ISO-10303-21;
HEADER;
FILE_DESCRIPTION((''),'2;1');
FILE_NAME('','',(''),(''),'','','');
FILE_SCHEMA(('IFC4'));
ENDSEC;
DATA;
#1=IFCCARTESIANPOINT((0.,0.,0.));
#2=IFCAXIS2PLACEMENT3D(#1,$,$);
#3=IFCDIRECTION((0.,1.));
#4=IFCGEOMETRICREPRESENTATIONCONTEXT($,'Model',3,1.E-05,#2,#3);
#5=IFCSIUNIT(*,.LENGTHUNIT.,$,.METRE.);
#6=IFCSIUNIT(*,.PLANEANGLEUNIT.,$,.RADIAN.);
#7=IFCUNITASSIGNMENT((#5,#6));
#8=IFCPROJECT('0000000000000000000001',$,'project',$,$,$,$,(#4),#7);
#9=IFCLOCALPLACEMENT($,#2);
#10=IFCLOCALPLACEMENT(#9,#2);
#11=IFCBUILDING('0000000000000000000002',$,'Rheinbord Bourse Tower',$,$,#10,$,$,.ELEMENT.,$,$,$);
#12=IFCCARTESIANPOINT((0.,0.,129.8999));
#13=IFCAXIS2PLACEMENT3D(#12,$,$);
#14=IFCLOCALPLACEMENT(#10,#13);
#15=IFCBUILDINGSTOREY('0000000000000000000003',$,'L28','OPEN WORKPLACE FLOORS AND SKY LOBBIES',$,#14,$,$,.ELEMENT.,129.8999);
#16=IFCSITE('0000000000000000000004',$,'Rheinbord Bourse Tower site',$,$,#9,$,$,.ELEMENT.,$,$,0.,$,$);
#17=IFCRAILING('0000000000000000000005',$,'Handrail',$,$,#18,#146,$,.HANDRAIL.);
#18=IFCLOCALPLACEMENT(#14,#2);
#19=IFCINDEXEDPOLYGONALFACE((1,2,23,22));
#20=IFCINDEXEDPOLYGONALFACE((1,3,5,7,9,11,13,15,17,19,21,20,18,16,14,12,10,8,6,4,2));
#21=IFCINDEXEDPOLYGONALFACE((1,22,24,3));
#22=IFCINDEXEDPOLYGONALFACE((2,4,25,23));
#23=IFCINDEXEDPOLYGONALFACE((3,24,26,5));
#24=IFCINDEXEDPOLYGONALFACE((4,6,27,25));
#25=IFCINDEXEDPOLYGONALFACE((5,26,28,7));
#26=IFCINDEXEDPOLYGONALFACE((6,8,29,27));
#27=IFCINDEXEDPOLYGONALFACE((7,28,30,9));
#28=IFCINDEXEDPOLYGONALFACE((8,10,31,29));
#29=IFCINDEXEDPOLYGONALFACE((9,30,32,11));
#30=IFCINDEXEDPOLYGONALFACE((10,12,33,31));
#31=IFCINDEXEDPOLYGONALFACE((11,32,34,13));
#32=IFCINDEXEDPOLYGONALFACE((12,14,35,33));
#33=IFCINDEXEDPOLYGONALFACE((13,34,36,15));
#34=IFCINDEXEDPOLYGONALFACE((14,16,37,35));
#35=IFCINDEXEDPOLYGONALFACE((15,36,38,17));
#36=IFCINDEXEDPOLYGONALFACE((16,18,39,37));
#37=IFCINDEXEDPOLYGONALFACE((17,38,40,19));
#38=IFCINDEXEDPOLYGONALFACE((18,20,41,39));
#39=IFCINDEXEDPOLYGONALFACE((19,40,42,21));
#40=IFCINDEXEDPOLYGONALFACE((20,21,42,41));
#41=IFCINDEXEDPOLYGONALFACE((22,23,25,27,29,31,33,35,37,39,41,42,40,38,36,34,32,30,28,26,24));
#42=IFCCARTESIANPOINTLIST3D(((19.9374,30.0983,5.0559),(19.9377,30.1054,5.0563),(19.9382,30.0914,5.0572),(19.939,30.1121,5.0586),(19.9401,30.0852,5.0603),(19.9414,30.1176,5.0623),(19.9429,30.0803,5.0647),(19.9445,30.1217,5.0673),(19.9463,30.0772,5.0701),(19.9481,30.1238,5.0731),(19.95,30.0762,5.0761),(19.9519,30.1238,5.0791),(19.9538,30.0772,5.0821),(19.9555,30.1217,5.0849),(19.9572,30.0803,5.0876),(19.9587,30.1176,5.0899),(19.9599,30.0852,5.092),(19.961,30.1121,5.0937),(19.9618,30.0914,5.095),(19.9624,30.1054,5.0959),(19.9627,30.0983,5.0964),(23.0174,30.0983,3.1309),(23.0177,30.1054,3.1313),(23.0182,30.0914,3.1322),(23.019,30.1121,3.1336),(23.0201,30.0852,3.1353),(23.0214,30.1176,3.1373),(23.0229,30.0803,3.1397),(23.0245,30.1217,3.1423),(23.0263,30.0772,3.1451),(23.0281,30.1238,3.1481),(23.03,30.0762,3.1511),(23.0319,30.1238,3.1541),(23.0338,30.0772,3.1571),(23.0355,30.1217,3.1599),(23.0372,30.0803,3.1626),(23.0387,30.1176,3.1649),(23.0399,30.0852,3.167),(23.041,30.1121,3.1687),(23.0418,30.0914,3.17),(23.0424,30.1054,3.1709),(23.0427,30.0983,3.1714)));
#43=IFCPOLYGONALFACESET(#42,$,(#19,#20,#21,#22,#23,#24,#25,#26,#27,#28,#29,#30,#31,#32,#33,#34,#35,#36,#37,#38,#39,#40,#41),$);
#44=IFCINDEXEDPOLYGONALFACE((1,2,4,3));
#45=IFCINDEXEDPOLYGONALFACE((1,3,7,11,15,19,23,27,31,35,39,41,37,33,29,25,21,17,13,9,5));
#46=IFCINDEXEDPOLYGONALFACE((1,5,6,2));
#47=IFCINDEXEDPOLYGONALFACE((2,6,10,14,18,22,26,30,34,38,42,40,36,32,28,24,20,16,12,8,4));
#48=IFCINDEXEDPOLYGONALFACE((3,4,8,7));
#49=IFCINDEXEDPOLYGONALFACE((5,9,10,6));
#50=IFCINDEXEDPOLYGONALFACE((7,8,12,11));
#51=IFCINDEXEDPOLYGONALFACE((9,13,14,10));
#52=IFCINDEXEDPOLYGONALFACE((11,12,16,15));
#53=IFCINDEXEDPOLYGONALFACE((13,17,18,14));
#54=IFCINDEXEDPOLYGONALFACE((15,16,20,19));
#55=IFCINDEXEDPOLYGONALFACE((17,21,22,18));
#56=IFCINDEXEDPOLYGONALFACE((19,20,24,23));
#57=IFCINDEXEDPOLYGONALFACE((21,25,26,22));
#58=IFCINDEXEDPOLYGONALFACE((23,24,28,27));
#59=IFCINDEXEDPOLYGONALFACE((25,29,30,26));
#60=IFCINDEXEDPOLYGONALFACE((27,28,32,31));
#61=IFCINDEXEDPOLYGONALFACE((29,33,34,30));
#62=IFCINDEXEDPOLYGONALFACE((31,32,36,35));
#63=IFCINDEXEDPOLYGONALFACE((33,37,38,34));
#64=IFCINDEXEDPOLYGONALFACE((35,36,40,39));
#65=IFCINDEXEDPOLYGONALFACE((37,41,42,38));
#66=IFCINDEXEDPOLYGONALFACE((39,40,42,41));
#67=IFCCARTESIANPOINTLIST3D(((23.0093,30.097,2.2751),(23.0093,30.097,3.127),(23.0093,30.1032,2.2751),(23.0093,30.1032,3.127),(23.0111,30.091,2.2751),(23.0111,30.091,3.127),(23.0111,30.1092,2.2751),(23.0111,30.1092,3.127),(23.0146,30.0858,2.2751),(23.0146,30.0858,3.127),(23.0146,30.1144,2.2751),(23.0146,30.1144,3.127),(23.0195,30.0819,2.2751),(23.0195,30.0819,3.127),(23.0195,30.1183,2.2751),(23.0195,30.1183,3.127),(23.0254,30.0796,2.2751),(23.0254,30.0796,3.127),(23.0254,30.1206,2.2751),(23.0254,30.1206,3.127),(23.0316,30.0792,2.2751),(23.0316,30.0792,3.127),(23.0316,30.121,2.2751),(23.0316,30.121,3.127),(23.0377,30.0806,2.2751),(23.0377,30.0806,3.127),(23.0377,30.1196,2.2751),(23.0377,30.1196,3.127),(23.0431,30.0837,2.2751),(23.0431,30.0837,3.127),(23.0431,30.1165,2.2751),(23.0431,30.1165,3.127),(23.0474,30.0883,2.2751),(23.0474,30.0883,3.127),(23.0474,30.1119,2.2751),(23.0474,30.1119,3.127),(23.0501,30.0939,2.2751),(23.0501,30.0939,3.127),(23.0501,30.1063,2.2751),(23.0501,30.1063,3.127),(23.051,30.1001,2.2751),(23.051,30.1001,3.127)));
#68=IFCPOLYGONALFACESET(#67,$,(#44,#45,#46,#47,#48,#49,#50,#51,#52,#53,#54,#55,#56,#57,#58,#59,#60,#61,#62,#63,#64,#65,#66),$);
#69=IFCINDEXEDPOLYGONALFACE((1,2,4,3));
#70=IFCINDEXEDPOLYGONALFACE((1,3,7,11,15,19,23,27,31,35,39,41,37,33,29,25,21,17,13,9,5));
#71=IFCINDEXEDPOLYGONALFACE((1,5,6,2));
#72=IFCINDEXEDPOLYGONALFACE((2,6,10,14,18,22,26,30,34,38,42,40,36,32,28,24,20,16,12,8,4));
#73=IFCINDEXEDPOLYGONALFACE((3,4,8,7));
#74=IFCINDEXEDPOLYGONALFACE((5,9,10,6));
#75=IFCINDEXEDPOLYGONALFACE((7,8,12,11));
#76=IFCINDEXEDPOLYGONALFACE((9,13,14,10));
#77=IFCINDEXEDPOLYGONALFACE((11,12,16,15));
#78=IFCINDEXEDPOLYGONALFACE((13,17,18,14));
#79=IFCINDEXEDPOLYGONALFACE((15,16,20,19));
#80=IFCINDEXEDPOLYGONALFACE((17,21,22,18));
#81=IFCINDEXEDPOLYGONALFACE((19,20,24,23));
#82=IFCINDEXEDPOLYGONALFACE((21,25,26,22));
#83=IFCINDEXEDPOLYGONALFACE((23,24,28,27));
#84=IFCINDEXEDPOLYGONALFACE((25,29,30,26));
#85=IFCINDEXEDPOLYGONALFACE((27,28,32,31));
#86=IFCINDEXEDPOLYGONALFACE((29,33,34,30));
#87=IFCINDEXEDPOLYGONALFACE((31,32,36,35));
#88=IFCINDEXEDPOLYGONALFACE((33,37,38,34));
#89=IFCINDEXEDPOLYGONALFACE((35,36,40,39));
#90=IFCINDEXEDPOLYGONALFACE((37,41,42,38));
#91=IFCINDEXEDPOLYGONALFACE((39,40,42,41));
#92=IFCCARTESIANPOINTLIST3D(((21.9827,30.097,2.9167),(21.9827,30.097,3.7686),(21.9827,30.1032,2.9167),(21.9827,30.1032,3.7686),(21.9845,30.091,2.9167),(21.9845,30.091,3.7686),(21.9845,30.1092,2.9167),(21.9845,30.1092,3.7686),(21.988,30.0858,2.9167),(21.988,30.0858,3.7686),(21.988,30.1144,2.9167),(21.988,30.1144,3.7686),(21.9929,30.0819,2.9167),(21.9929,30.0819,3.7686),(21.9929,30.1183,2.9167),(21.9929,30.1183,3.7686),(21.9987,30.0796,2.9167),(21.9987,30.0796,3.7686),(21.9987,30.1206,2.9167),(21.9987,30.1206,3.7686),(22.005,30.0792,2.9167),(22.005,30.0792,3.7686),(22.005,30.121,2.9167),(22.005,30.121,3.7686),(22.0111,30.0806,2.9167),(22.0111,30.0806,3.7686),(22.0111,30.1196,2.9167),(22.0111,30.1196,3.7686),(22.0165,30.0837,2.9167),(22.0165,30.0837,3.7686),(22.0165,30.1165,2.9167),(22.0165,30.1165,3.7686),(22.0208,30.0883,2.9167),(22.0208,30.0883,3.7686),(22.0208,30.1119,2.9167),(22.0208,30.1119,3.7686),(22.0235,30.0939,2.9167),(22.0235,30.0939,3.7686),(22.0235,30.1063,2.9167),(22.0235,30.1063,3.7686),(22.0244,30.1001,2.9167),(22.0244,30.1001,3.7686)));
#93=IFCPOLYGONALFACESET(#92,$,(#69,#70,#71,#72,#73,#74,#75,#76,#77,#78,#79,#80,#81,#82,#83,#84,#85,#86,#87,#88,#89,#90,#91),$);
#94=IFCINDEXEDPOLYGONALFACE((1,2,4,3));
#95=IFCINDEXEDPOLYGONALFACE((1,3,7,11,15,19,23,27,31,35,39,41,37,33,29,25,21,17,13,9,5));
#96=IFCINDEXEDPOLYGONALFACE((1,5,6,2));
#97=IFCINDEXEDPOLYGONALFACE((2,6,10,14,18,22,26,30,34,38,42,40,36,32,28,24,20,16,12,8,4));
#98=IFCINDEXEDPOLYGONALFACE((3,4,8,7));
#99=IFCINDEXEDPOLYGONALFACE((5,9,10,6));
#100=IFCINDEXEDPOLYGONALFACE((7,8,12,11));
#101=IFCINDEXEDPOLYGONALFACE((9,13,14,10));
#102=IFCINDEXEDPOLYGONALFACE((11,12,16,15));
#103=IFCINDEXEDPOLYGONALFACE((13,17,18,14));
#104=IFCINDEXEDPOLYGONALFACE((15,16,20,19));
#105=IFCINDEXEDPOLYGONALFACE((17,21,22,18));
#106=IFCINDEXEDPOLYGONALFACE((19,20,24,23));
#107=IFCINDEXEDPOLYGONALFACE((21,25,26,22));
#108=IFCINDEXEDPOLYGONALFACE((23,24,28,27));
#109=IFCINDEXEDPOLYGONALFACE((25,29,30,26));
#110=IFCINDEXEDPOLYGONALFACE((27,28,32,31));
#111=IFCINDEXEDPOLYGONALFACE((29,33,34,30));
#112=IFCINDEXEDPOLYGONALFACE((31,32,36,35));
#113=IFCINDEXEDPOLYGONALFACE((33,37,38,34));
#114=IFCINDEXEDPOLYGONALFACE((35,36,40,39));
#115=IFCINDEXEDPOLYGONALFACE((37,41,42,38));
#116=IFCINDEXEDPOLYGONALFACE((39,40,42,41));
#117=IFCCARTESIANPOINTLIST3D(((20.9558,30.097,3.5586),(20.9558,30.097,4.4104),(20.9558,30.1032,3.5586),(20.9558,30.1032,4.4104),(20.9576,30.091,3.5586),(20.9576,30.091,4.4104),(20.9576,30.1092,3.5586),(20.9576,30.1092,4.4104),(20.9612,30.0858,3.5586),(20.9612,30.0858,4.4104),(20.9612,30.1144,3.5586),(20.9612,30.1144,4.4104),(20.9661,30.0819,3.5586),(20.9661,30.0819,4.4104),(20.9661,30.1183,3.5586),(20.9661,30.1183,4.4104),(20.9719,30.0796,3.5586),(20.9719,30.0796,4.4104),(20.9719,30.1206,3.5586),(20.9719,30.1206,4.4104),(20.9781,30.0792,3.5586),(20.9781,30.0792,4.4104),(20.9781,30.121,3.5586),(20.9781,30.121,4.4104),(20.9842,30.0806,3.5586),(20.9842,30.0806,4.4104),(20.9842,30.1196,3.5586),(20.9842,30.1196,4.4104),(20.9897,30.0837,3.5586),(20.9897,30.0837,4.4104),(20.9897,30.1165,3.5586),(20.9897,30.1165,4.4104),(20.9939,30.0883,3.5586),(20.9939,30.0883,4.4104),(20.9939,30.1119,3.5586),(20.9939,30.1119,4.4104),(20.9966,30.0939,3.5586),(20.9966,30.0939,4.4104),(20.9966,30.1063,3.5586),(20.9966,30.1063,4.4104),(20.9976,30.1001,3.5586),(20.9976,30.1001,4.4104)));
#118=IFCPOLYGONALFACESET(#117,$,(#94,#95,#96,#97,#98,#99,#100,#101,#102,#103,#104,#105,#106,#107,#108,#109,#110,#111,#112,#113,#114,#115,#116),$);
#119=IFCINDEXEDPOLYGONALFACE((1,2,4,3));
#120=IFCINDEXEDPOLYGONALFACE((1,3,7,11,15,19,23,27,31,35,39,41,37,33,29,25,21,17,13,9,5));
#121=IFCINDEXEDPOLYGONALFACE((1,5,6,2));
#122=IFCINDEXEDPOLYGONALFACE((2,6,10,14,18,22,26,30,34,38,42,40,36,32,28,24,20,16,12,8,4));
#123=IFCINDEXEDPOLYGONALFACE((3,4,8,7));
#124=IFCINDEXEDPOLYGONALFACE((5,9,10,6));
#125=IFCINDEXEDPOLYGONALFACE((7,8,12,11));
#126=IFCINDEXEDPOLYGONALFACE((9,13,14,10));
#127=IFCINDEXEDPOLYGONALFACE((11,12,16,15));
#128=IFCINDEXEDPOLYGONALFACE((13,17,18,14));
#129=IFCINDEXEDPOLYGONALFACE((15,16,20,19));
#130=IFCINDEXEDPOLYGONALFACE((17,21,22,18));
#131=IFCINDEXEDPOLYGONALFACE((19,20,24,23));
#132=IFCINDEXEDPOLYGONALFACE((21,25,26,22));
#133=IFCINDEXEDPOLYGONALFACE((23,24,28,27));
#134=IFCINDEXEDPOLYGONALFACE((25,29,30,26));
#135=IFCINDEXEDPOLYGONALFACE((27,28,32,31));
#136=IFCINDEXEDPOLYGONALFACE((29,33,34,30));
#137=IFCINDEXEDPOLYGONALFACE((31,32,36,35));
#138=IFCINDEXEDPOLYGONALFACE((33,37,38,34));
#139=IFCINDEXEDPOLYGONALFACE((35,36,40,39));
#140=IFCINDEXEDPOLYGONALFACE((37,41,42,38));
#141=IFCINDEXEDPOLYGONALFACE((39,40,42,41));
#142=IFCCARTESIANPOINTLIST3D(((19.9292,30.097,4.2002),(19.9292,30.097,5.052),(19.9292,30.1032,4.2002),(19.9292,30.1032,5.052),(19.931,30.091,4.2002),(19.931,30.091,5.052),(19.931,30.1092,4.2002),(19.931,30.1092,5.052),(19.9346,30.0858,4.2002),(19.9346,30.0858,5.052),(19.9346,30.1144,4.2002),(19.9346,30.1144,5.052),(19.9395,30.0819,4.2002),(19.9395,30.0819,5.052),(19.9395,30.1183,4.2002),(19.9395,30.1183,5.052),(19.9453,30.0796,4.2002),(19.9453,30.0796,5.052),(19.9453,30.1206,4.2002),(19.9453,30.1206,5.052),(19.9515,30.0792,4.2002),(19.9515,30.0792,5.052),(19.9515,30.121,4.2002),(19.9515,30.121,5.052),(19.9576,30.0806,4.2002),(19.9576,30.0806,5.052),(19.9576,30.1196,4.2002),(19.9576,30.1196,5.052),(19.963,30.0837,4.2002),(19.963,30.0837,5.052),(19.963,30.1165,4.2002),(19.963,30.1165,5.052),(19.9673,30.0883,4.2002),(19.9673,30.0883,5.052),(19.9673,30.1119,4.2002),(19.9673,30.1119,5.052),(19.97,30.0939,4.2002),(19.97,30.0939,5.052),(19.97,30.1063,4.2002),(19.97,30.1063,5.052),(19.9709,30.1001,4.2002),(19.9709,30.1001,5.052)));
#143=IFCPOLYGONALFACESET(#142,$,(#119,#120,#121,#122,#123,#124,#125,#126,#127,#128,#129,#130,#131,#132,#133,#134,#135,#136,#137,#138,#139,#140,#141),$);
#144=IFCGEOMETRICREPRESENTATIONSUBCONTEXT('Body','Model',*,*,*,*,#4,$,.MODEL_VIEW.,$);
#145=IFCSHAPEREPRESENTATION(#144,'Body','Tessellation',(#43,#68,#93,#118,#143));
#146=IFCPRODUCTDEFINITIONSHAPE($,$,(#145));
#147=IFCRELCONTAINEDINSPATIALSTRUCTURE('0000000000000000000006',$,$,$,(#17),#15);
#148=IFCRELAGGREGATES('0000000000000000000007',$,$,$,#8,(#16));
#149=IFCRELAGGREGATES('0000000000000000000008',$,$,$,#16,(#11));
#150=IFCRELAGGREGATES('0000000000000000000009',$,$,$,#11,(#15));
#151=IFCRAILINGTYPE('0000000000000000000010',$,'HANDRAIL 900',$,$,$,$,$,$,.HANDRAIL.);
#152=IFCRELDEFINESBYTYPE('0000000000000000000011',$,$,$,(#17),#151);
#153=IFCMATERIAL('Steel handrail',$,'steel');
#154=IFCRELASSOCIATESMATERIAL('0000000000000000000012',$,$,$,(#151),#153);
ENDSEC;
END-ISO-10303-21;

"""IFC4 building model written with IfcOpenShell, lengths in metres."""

from ifc_helpers import new_model, si_unit, direction, frame, origin, origin_2d, place, context, subcontext, project, spatial, circle, extrude, material, type_object, element, save


model = new_model("IFC4")

# Units and contexts
model_context = context("Model", 3, precision=1e-05, world=origin(), true_north=direction((0.0, 1.0)))
body_context = subcontext(model_context, "Body", "Model", "MODEL_VIEW")
ifc_project = project(units=[si_unit("LENGTHUNIT", "METRE"), si_unit("PLANEANGLEUNIT", "RADIAN")], contexts=[model_context])

# Site, building, storey
site_placement = place(None, origin())
site = spatial("IfcSite", under=ifc_project, at=site_placement, Name="Rheinbord Bourse Tower site", CompositionType="ELEMENT", RefElevation=0.0)
building_placement = place(site_placement, origin())
building = spatial("IfcBuilding", under=site, at=building_placement, Name="Rheinbord Bourse Tower", CompositionType="ELEMENT")
storey_placement = place(building_placement, frame((0.0, 0.0, 129.8999)))
storey = spatial("IfcBuildingStorey", under=building, at=storey_placement, Name="L28", Description="OPEN WORKPLACE FLOORS AND SKY LOBBIES", CompositionType="ELEMENT", Elevation=129.8999)

# Railing
ifc_material_1 = material(Name="Steel handrail", Category="steel")
railing_type = type_object("IfcRailingType", Name="HANDRAIL 900", PredefinedType="HANDRAIL", material=ifc_material_1)
railing_1_placement = place(storey_placement, frame((23.03, 30.1001, 2.2751)))
element("IfcRailing", 1, at=railing_1_placement, inside=storey, type_object=railing_type, Name="Handrail", PredefinedType="HANDRAIL", context=body_context, shape_type="SweptSolid", body=[
    extrude(circle(Radius=0.0239, at=origin_2d()), frame((0.0, 0.0, 0.876), z_axis=(-0.847998, 0.0, 0.529999), x_axis=(0.0, -1.0, 0.0)), (0.0, 0.0, 1.0), 3.6321),
    extrude(circle(Radius=0.021, at=origin_2d()), origin(), (0.0, 0.0, 1.0), 0.8518),
    extrude(circle(Radius=0.021, at=origin_2d()), frame((-1.0266, 0.0, 0.6416)), (0.0, 0.0, 1.0), 0.8518),
    extrude(circle(Radius=0.021, at=origin_2d()), frame((-2.0535, 0.0, 1.2834)), (0.0, 0.0, 1.0), 0.8518),
    extrude(circle(Radius=0.021, at=origin_2d()), frame((-3.0801, 0.0, 1.925)), (0.0, 0.0, 1.0), 0.8518),
])

save(model, "model.ifc")
